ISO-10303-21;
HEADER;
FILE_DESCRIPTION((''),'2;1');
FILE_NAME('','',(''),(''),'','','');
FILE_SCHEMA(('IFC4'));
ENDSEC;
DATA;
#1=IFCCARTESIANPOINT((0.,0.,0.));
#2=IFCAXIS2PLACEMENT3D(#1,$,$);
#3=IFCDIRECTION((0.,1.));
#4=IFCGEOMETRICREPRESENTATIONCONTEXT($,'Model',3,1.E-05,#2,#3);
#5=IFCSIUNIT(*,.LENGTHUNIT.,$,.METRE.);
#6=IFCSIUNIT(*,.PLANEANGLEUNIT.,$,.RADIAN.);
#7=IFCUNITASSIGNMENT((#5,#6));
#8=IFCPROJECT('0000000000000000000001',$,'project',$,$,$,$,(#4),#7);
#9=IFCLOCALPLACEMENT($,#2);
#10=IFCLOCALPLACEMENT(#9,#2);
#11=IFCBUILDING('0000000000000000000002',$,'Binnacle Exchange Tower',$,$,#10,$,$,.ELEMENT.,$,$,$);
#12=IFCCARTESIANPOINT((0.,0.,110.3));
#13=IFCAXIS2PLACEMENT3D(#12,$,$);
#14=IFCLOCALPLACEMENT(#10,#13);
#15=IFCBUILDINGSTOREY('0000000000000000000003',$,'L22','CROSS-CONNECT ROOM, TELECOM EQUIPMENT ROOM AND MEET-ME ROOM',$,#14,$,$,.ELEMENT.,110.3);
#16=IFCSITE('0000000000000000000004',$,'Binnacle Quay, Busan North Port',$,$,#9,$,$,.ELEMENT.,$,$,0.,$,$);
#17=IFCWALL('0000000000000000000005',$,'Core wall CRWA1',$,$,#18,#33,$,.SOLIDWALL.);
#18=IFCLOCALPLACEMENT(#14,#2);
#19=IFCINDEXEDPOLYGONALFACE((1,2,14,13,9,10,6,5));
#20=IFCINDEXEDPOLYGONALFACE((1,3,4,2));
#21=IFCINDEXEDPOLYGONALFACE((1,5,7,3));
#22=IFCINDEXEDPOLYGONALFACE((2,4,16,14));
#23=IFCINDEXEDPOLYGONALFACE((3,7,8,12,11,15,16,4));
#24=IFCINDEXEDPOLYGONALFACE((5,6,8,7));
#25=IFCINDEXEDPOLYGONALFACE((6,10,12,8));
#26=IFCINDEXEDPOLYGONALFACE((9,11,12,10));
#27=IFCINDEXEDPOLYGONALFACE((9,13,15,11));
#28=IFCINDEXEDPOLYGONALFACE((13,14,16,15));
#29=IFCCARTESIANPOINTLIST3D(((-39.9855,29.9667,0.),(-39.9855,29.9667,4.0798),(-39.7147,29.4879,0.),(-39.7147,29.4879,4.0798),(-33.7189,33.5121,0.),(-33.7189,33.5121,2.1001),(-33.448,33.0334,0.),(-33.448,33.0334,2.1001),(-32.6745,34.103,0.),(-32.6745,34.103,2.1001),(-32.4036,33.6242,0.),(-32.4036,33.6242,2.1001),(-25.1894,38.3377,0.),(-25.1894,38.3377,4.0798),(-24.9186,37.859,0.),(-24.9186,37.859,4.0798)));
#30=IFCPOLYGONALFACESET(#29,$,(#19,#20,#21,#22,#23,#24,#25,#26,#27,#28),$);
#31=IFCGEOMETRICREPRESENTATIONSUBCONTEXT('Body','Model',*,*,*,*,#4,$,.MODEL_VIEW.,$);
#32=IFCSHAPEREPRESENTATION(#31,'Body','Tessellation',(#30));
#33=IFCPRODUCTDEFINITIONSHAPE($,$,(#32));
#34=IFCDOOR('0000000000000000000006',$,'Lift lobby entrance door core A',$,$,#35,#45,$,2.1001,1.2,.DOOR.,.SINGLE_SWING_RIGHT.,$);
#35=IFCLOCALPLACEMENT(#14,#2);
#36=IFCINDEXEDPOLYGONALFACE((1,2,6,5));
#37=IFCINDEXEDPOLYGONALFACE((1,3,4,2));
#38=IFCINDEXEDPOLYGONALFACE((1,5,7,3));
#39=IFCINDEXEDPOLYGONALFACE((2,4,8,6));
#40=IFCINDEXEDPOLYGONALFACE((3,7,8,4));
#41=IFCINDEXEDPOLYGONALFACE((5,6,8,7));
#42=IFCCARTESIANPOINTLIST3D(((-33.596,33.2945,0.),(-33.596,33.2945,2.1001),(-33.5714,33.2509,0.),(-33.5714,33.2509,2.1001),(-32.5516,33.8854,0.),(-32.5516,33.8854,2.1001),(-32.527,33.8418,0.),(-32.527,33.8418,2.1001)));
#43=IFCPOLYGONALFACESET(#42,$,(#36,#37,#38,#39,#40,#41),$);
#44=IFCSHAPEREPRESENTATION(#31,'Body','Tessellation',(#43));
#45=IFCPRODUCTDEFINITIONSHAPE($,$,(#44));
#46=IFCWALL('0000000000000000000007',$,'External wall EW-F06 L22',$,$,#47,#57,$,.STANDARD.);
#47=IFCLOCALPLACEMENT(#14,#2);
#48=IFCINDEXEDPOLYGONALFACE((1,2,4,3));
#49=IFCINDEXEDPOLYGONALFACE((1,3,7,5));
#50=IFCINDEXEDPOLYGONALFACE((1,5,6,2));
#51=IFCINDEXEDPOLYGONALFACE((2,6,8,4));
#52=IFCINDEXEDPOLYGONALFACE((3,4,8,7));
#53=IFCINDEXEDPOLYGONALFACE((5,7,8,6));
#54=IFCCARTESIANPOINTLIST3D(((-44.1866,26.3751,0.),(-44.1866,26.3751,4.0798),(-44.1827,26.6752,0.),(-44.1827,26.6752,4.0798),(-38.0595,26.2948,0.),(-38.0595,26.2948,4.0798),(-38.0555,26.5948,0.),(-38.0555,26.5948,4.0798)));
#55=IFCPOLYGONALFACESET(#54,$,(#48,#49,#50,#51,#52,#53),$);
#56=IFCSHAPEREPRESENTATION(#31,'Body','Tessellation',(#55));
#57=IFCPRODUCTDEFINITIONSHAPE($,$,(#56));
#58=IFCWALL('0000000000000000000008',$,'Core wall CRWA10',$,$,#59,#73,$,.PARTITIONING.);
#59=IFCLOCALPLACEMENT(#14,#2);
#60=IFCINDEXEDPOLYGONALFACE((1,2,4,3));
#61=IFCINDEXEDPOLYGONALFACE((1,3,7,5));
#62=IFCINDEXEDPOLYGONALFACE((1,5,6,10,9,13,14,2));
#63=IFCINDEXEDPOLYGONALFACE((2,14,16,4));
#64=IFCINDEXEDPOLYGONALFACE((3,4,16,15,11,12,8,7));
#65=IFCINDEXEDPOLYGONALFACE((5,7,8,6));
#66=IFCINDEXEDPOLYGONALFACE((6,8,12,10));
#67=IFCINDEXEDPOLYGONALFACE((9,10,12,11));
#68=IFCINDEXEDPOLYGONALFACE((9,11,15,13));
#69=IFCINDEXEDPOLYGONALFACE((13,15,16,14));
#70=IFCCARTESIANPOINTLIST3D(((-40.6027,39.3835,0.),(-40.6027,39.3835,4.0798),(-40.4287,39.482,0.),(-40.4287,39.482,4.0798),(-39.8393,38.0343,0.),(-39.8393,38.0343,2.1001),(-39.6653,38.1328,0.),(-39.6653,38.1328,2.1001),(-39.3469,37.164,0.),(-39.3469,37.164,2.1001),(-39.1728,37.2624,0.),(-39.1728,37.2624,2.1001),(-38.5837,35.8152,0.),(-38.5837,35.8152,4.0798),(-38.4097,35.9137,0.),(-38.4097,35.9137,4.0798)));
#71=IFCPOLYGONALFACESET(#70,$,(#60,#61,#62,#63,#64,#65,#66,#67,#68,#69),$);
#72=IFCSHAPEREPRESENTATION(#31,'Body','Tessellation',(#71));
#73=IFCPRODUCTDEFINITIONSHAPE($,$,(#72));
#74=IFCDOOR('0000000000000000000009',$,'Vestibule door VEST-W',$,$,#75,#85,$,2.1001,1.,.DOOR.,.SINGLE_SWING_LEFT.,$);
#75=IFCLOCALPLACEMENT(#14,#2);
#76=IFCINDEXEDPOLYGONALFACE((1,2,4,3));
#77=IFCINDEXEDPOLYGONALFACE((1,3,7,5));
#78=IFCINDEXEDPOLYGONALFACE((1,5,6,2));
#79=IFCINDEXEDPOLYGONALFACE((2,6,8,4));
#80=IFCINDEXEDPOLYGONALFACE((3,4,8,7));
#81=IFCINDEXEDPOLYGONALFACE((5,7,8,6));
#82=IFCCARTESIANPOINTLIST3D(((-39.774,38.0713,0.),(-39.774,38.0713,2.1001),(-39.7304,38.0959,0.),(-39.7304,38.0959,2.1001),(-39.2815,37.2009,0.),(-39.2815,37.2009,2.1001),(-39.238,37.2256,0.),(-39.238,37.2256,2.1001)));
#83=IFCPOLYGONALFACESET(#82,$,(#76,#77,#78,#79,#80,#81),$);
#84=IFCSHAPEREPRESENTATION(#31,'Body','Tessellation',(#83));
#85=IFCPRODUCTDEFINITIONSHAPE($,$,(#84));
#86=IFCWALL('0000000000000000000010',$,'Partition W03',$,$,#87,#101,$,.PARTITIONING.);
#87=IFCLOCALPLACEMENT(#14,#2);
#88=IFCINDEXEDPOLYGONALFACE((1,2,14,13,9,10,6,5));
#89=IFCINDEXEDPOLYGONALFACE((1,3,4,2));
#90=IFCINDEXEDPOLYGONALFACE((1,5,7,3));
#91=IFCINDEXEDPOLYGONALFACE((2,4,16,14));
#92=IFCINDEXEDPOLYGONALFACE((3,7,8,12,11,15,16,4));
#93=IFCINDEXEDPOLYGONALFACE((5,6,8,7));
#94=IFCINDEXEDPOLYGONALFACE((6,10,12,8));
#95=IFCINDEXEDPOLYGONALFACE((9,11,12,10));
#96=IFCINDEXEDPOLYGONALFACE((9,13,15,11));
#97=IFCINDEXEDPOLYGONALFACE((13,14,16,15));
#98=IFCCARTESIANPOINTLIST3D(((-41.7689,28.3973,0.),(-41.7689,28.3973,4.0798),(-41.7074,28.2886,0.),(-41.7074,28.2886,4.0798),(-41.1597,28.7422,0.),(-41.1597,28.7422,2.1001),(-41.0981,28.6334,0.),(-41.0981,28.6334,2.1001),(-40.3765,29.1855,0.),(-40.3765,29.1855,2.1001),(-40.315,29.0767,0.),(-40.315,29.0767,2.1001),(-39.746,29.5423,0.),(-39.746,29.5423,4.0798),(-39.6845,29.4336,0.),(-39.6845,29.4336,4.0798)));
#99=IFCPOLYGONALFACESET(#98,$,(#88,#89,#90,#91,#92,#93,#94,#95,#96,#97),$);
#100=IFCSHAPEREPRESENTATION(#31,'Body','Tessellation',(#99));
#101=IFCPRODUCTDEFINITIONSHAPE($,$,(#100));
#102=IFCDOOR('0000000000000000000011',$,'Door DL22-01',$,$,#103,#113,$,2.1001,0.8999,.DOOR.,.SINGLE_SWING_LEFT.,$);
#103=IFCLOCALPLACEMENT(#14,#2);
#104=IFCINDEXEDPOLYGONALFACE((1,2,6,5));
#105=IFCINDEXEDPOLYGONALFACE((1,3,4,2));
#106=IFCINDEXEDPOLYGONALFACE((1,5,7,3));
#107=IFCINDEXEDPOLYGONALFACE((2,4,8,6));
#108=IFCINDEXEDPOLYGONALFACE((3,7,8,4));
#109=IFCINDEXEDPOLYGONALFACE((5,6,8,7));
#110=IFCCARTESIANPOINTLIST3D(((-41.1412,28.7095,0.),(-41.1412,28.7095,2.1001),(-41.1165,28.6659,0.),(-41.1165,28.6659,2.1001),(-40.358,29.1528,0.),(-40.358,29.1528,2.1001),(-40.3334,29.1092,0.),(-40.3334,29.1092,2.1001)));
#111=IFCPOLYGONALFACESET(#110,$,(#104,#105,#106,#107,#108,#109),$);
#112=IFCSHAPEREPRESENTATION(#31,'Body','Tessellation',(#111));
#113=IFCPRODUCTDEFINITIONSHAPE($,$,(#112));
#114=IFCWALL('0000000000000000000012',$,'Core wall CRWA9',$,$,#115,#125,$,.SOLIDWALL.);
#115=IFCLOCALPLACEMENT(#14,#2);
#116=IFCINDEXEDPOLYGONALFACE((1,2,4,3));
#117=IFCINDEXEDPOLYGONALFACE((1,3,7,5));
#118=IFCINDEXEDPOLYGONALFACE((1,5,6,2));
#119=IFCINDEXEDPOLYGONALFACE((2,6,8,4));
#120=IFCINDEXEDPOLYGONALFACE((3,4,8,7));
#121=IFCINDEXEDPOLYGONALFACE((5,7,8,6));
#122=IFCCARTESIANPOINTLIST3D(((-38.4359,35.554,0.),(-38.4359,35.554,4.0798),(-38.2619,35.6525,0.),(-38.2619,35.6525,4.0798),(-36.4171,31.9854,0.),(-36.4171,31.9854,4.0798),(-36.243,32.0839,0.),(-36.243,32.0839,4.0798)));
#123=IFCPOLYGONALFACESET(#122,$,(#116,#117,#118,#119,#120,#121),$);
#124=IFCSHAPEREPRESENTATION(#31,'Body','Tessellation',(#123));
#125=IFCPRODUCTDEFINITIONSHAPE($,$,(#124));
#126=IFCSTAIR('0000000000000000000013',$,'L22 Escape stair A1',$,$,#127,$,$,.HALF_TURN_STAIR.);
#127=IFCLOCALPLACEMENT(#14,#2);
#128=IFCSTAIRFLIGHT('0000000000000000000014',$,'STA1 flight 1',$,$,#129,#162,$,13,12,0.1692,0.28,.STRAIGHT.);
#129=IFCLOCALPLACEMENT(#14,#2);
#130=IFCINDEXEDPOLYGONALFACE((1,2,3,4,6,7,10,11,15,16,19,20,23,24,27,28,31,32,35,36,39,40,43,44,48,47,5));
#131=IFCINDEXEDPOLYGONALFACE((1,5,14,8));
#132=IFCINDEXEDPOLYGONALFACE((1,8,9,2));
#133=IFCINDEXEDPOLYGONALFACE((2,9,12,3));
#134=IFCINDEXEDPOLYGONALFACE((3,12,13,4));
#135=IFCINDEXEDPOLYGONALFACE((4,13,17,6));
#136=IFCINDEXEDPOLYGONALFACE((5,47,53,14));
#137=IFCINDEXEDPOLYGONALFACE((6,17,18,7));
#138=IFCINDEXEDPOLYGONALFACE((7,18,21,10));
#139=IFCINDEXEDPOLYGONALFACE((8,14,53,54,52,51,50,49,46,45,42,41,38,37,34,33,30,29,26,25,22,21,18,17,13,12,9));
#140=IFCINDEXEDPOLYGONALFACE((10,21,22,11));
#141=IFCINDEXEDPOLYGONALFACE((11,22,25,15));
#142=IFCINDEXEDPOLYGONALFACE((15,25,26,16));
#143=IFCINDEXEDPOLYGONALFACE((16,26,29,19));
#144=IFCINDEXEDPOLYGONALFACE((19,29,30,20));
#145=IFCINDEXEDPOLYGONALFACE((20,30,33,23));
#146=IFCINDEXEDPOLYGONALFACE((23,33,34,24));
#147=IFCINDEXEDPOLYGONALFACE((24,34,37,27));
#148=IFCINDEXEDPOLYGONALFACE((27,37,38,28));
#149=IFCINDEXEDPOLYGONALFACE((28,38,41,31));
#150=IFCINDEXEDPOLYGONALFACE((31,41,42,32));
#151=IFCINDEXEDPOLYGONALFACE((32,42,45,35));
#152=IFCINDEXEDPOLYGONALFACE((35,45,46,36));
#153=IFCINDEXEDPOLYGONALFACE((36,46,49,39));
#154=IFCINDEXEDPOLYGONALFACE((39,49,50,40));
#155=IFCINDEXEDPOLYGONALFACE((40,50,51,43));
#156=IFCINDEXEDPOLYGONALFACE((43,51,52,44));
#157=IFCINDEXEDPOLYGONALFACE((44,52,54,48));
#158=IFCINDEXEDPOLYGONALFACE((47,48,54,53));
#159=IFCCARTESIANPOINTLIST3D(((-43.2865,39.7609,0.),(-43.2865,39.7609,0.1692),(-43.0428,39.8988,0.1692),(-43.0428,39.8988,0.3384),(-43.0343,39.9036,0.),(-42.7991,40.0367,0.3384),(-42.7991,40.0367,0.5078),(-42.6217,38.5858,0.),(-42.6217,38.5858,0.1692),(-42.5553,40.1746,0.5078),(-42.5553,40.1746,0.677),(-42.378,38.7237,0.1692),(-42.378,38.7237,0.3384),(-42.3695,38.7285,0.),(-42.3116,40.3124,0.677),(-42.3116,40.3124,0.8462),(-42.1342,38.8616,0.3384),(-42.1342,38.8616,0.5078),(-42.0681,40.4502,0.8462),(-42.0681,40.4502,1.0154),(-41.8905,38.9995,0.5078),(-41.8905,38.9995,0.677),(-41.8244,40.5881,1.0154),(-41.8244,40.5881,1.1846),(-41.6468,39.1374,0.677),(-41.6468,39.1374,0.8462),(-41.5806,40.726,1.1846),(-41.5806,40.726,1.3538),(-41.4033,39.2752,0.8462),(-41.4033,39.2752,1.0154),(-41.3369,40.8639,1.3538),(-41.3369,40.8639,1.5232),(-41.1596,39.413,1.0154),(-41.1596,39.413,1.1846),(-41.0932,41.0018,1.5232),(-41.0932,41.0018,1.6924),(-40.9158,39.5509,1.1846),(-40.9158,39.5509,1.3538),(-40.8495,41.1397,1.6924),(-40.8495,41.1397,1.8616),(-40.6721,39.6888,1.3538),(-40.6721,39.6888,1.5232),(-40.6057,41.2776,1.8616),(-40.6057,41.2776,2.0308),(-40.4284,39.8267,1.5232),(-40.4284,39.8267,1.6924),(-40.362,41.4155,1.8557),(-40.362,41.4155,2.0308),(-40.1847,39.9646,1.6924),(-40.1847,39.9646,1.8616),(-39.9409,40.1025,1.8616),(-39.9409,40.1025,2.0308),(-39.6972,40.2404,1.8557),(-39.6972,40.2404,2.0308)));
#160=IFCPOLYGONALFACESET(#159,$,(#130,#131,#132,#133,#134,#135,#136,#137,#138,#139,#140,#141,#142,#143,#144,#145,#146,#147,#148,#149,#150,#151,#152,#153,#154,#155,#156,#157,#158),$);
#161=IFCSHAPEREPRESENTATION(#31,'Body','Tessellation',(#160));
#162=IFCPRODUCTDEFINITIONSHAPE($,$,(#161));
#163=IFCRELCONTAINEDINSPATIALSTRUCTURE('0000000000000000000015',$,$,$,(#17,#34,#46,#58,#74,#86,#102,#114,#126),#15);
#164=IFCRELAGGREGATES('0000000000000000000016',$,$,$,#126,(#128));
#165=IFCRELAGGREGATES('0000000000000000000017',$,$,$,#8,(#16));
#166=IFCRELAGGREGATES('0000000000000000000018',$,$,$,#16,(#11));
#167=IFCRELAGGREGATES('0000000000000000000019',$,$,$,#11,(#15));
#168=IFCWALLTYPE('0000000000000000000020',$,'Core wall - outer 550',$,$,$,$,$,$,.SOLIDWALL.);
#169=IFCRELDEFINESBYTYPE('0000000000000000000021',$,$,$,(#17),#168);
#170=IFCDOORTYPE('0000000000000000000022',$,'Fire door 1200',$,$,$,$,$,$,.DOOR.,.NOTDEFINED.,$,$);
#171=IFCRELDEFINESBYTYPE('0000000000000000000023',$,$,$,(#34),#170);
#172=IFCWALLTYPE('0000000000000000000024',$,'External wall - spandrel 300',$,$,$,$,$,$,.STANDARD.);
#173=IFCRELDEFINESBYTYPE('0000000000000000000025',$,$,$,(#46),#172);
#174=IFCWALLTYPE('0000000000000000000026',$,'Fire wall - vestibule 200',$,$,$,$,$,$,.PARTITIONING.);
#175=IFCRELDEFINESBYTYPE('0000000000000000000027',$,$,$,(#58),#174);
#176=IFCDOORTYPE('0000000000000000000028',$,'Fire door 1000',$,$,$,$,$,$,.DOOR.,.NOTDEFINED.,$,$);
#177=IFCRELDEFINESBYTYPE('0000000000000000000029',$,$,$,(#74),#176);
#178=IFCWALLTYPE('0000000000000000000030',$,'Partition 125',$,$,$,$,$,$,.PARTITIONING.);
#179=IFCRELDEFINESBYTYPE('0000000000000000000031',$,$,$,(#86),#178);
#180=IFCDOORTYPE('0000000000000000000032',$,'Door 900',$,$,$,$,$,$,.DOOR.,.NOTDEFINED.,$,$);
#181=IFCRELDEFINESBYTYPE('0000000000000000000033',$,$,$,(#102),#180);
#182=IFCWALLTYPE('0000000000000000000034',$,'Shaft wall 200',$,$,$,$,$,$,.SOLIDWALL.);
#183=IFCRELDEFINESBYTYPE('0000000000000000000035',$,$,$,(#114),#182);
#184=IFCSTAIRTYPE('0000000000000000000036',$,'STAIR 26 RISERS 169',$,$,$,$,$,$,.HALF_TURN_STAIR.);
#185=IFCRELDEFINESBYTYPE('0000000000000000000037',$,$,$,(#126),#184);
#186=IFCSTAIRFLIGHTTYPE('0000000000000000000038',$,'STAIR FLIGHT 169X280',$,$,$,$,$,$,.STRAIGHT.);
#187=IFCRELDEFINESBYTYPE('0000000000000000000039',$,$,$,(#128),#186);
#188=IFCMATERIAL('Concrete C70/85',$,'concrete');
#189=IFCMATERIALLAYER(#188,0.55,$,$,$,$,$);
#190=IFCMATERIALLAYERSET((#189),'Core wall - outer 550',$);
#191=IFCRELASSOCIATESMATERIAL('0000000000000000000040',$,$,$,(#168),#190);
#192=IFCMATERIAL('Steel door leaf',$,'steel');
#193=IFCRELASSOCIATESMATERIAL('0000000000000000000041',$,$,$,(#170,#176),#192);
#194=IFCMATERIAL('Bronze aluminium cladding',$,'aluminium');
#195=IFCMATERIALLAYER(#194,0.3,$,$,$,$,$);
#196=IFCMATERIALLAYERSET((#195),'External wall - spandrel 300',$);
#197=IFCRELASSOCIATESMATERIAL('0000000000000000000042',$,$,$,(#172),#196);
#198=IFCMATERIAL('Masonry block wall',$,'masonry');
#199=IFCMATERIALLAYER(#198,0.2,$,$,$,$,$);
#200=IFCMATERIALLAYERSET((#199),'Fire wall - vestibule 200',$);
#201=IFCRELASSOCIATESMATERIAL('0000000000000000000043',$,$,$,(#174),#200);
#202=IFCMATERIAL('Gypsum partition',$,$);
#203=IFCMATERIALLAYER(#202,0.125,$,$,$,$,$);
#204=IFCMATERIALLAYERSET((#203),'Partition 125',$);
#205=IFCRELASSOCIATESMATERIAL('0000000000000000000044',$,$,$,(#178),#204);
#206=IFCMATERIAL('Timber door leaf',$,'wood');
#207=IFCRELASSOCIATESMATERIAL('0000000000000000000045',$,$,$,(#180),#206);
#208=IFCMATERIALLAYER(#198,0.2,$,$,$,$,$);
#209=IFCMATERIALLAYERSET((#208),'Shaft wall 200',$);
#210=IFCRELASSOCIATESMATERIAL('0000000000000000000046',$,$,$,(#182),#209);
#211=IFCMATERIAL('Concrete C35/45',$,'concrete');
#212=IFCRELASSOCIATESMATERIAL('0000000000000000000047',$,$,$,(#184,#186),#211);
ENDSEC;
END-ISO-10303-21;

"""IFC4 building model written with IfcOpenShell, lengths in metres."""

from ifc_helpers import new_model, si_unit, direction, frame, frame_2d, origin, place, context, subcontext, project, spatial, polyline, rectangle, outline, extrude, material, layer, layer_set, type_object, element, fill, aggregate, save


model = new_model("IFC4")

# Units and contexts
model_context = context("Model", 3, precision=1e-05, world=origin(), true_north=direction((0.0, 1.0)))
body_context = subcontext(model_context, "Body", "Model", "MODEL_VIEW")
ifc_project = project(units=[si_unit("LENGTHUNIT", "METRE"), si_unit("PLANEANGLEUNIT", "RADIAN")], contexts=[model_context])

# Site, building, storey
site_placement = place(None, origin())
site = spatial("IfcSite", under=ifc_project, at=site_placement, Name="Binnacle Quay, Busan North Port", CompositionType="ELEMENT", RefElevation=0.0)
building_placement = place(site_placement, origin())
building = spatial("IfcBuilding", under=site, at=building_placement, Name="Binnacle Exchange Tower", CompositionType="ELEMENT")
storey_placement = place(building_placement, frame((0.0, 0.0, 110.3)))
storey = spatial("IfcBuildingStorey", under=building, at=storey_placement, Name="L22", Description="CROSS-CONNECT ROOM, TELECOM EQUIPMENT ROOM AND MEET-ME ROOM", CompositionType="ELEMENT", Elevation=110.3)

# Shared definitions
ifc_material_1 = material(Name="Concrete C70/85", Category="concrete")

# Shared definitions
ifc_material_2 = material(Name="Steel door leaf", Category="steel")

# Wall, opening, door
ifc_layer_1 = layer(ifc_material_1, 0.55)
ifc_layer_set_1 = layer_set([ifc_layer_1], Name="Core wall - outer 550")
wall_type_1 = type_object("IfcWallType", Name="Core wall - outer 550", PredefinedType="SOLIDWALL", material=ifc_layer_set_1)
wall_1_placement = place(storey_placement, frame((-39.8501, 29.7273, 0.0), z_axis=(0.0, 0.0, 1.0), x_axis=(0.87036, 0.492416, 0.0)))
wall_1 = element("IfcWall", 1, at=wall_1_placement, inside=storey, type_object=wall_type_1, Name="Core wall CRWA1", PredefinedType="SOLIDWALL", context=body_context, shape_type="SweptSolid", body=[
    extrude(rectangle(XDim=17.0, YDim=0.55, at=frame_2d((8.5, 0.0))), origin(), (0.0, 0.0, 1.0), 4.0798),
])
opening_1_placement = place(wall_1_placement, frame((7.2, 0.0, 0.0)))
opening_1 = element("IfcOpeningElement", 2, at=opening_1_placement, cuts=wall_1, PredefinedType="OPENING", context=body_context, shape_type="SweptSolid", body=[
    extrude(rectangle(XDim=1.2, YDim=2.1001, at=frame_2d((0.6001, 1.05))), frame((0.0, 0.2849, 0.0), z_axis=(0.0, -1.0, 0.0), x_axis=(1.0, 0.0, 0.0)), (0.0, 0.0, 1.0), 0.5701),
])
door_type_1 = type_object("IfcDoorType", Name="Fire door 1200", OperationType="NOTDEFINED", PredefinedType="DOOR", material=ifc_material_2)
door_1_placement = place(opening_1_placement, frame((1.2, 0.0, 0.0), z_axis=(0.0, 0.0, 1.0), x_axis=(-1.0, 0.0, 0.0)))
door_1 = element("IfcDoor", 3, at=door_1_placement, inside=storey, type_object=door_type_1, Name="Lift lobby entrance door core A", OperationType="SINGLE_SWING_RIGHT", OverallHeight=2.1001, OverallWidth=1.2, PredefinedType="DOOR", context=body_context, shape_type="SweptSolid", body=[
    extrude(rectangle(XDim=1.2, YDim=2.1001, at=frame_2d((0.6001, 1.05))), frame((0.0, 0.0249, 0.0), z_axis=(0.0, -1.0, 0.0), x_axis=(1.0, 0.0, 0.0)), (0.0, 0.0, 1.0), 0.05),
])
fill(opening_1, door_1)

# Wall
ifc_material_3 = material(Name="Bronze aluminium cladding", Category="aluminium")
ifc_layer_2 = layer(ifc_material_3, 0.3)
ifc_layer_set_2 = layer_set([ifc_layer_2], Name="External wall - spandrel 300")
wall_type_2 = type_object("IfcWallType", Name="External wall - spandrel 300", PredefinedType="STANDARD", material=ifc_layer_set_2)
wall_2_placement = place(storey_placement, frame((-38.0574, 26.4448, 0.0), z_axis=(0.0, 0.0, 1.0), x_axis=(-0.999914, 0.013108, 0.0)))
element("IfcWall", 4, at=wall_2_placement, inside=storey, type_object=wall_type_2, Name="External wall EW-F06 L22", PredefinedType="STANDARD", context=body_context, shape_type="SweptSolid", body=[
    extrude(rectangle(XDim=6.1277, YDim=0.3, at=frame_2d((3.064, 0.0))), origin(), (0.0, 0.0, 1.0), 4.0798),
])

# Walls, openings, doors
ifc_material_4 = material(Name="Masonry block wall", Category="masonry")
ifc_layer_3 = layer(ifc_material_4, 0.2)
ifc_layer_set_3 = layer_set([ifc_layer_3], Name="Fire wall - vestibule 200")
wall_type_3 = type_object("IfcWallType", Name="Fire wall - vestibule 200", PredefinedType="PARTITIONING", material=ifc_layer_set_3)
wall_3_placement = place(storey_placement, frame((-40.5156, 39.4326, 0.0), z_axis=(0.0, 0.0, 1.0), x_axis=(0.492454, -0.870339, 0.0)))
wall_3 = element("IfcWall", 5, at=wall_3_placement, inside=storey, type_object=wall_type_3, Name="Core wall CRWA10", PredefinedType="PARTITIONING", context=body_context, shape_type="SweptSolid", body=[
    extrude(rectangle(XDim=4.0999, YDim=0.2, at=frame_2d((2.0498, 0.0))), origin(), (0.0, 0.0, 1.0), 4.0798),
])
opening_2_placement = place(wall_3_placement, frame((1.55, 0.0, 0.0)))
opening_2 = element("IfcOpeningElement", 6, at=opening_2_placement, cuts=wall_3, PredefinedType="OPENING", context=body_context, shape_type="SweptSolid", body=[
    extrude(rectangle(XDim=1.0, YDim=2.1001, at=frame_2d((0.5, 1.05))), frame((0.0, 0.1099, 0.0), z_axis=(0.0, -1.0, 0.0), x_axis=(1.0, 0.0, 0.0)), (0.0, 0.0, 1.0), 0.22),
])
door_type_2 = type_object("IfcDoorType", Name="Fire door 1000", OperationType="NOTDEFINED", PredefinedType="DOOR", material=ifc_material_2)
door_2_placement = place(opening_2_placement, frame((1.0, 0.0, 0.0), z_axis=(0.0, 0.0, 1.0), x_axis=(-1.0, 0.0, 0.0)))
door_2 = element("IfcDoor", 7, at=door_2_placement, inside=storey, type_object=door_type_2, Name="Vestibule door VEST-W", OperationType="SINGLE_SWING_LEFT", OverallHeight=2.1001, OverallWidth=1.0, PredefinedType="DOOR", context=body_context, shape_type="SweptSolid", body=[
    extrude(rectangle(XDim=1.0, YDim=2.1001, at=frame_2d((0.5, 1.05))), frame((0.0, 0.0249, 0.0), z_axis=(0.0, -1.0, 0.0), x_axis=(1.0, 0.0, 0.0)), (0.0, 0.0, 1.0), 0.05),
])
fill(opening_2, door_2)
ifc_material_5 = material(Name="Gypsum partition")
ifc_layer_4 = layer(ifc_material_5, 0.125)
ifc_layer_set_4 = layer_set([ifc_layer_4], Name="Partition 125")
wall_type_4 = type_object("IfcWallType", Name="Partition 125", PredefinedType="PARTITIONING", material=ifc_layer_set_4)
wall_4_placement = place(storey_placement, frame((-41.738, 28.343, 0.0), z_axis=(0.0, 0.0, 1.0), x_axis=(0.870265, 0.492583, 0.0)))
wall_4 = element("IfcWall", 8, at=wall_4_placement, inside=storey, type_object=wall_type_4, Name="Partition W03", PredefinedType="PARTITIONING", context=body_context, shape_type="SweptSolid", body=[
    extrude(rectangle(XDim=2.3245, YDim=0.125, at=frame_2d((1.1621, 0.0))), origin(), (0.0, 0.0, 1.0), 4.0798),
])
opening_3_placement = place(wall_4_placement, frame((0.7, 0.0, 0.0)))
opening_3 = element("IfcOpeningElement", 9, at=opening_3_placement, cuts=wall_4, PredefinedType="OPENING", context=body_context, shape_type="SweptSolid", body=[
    extrude(rectangle(XDim=0.8999, YDim=2.1001, at=frame_2d((0.45, 1.05))), frame((0.0, 0.0725, 0.0), z_axis=(0.0, -1.0, 0.0), x_axis=(1.0, 0.0, 0.0)), (0.0, 0.0, 1.0), 0.145),
])
ifc_material_6 = material(Name="Timber door leaf", Category="wood")
door_type_3 = type_object("IfcDoorType", Name="Door 900", OperationType="NOTDEFINED", PredefinedType="DOOR", material=ifc_material_6)
door_3_placement = place(opening_3_placement, origin())
door_3 = element("IfcDoor", 10, at=door_3_placement, inside=storey, type_object=door_type_3, Name="Door DL22-01", OperationType="SINGLE_SWING_LEFT", OverallHeight=2.1001, OverallWidth=0.8999, PredefinedType="DOOR", context=body_context, shape_type="SweptSolid", body=[
    extrude(rectangle(XDim=0.8999, YDim=2.1001, at=frame_2d((0.45, 1.05))), frame((0.0, 0.0249, 0.0), z_axis=(0.0, -1.0, 0.0), x_axis=(1.0, 0.0, 0.0)), (0.0, 0.0, 1.0), 0.05),
])
fill(opening_3, door_3)

# Wall
ifc_layer_5 = layer(ifc_material_4, 0.2)
ifc_layer_set_5 = layer_set([ifc_layer_5], Name="Shaft wall 200")
wall_type_5 = type_object("IfcWallType", Name="Shaft wall 200", PredefinedType="SOLIDWALL", material=ifc_layer_set_5)
wall_5_placement = place(storey_placement, frame((-38.3489, 35.6033, 0.0), z_axis=(0.0, 0.0, 1.0), x_axis=(0.492383, -0.870379, 0.0)))
element("IfcWall", 11, at=wall_5_placement, inside=storey, type_object=wall_type_5, Name="Core wall CRWA9", PredefinedType="SOLIDWALL", context=body_context, shape_type="SweptSolid", body=[
    extrude(rectangle(XDim=4.1001, YDim=0.2, at=frame_2d((2.05, 0.0))), origin(), (0.0, 0.0, 1.0), 4.0798),
])

# Stair, stair flight
ifc_material_7 = material(Name="Concrete C35/45", Category="concrete")
stair_type = type_object("IfcStairType", Name="STAIR 26 RISERS 169", PredefinedType="HALF_TURN_STAIR", material=ifc_material_7)
stair_placement = place(storey_placement, origin())
stair = element("IfcStair", 12, at=stair_placement, inside=storey, type_object=stair_type, Name="L22 Escape stair A1", PredefinedType="HALF_TURN_STAIR")
stair_flight_type = type_object("IfcStairFlightType", Name="STAIR FLIGHT 169X280", PredefinedType="STRAIGHT", material=ifc_material_7)
stair_flight_1_placement = place(storey_placement, frame((-42.9541, 39.1733, 0.0), z_axis=(0.0, 0.0, 1.0), x_axis=(0.870356, 0.492424, 0.0)))
stair_flight_1 = element("IfcStairFlight", 13, at=stair_flight_1_placement, type_object=stair_flight_type, Name="STA1 flight 1", NumberOfRisers=13, NumberOfTreads=12, PredefinedType="STRAIGHT", RiserHeight=0.1692, TreadLength=0.28, context=body_context, shape_type="SweptSolid", body=[
    extrude(outline(polyline([(0.0, 0.0), (0.0, 0.1692), (0.28, 0.1692), (0.28, 0.3384), (0.5601, 0.3384), (0.5601, 0.5078), (0.8401, 0.5078), (0.8401, 0.677), (1.1201, 0.677), (1.1201, 0.8462), (1.3999, 0.8462), (1.3999, 1.0154), (1.6799, 1.0154), (1.6799, 1.1846), (1.96, 1.1846), (1.96, 1.3538), (2.24, 1.3538), (2.24, 1.5232), (2.52, 1.5232), (2.52, 1.6924), (2.8, 1.6924), (2.8, 1.8616), (3.0801, 1.8616), (3.0801, 2.0308), (3.3601, 2.0308), (3.3601, 2.2), (3.3601, 1.8557), (0.2898, 0.0), (0.0, 0.0)])), frame((0.0, 0.675, 0.0), z_axis=(0.0, -1.0, 0.0), x_axis=(1.0, 0.0, 0.0)), (0.0, 0.0, 1.0), 1.3501),
])
aggregate(stair, [stair_flight_1])

save(model, "model.ifc")
